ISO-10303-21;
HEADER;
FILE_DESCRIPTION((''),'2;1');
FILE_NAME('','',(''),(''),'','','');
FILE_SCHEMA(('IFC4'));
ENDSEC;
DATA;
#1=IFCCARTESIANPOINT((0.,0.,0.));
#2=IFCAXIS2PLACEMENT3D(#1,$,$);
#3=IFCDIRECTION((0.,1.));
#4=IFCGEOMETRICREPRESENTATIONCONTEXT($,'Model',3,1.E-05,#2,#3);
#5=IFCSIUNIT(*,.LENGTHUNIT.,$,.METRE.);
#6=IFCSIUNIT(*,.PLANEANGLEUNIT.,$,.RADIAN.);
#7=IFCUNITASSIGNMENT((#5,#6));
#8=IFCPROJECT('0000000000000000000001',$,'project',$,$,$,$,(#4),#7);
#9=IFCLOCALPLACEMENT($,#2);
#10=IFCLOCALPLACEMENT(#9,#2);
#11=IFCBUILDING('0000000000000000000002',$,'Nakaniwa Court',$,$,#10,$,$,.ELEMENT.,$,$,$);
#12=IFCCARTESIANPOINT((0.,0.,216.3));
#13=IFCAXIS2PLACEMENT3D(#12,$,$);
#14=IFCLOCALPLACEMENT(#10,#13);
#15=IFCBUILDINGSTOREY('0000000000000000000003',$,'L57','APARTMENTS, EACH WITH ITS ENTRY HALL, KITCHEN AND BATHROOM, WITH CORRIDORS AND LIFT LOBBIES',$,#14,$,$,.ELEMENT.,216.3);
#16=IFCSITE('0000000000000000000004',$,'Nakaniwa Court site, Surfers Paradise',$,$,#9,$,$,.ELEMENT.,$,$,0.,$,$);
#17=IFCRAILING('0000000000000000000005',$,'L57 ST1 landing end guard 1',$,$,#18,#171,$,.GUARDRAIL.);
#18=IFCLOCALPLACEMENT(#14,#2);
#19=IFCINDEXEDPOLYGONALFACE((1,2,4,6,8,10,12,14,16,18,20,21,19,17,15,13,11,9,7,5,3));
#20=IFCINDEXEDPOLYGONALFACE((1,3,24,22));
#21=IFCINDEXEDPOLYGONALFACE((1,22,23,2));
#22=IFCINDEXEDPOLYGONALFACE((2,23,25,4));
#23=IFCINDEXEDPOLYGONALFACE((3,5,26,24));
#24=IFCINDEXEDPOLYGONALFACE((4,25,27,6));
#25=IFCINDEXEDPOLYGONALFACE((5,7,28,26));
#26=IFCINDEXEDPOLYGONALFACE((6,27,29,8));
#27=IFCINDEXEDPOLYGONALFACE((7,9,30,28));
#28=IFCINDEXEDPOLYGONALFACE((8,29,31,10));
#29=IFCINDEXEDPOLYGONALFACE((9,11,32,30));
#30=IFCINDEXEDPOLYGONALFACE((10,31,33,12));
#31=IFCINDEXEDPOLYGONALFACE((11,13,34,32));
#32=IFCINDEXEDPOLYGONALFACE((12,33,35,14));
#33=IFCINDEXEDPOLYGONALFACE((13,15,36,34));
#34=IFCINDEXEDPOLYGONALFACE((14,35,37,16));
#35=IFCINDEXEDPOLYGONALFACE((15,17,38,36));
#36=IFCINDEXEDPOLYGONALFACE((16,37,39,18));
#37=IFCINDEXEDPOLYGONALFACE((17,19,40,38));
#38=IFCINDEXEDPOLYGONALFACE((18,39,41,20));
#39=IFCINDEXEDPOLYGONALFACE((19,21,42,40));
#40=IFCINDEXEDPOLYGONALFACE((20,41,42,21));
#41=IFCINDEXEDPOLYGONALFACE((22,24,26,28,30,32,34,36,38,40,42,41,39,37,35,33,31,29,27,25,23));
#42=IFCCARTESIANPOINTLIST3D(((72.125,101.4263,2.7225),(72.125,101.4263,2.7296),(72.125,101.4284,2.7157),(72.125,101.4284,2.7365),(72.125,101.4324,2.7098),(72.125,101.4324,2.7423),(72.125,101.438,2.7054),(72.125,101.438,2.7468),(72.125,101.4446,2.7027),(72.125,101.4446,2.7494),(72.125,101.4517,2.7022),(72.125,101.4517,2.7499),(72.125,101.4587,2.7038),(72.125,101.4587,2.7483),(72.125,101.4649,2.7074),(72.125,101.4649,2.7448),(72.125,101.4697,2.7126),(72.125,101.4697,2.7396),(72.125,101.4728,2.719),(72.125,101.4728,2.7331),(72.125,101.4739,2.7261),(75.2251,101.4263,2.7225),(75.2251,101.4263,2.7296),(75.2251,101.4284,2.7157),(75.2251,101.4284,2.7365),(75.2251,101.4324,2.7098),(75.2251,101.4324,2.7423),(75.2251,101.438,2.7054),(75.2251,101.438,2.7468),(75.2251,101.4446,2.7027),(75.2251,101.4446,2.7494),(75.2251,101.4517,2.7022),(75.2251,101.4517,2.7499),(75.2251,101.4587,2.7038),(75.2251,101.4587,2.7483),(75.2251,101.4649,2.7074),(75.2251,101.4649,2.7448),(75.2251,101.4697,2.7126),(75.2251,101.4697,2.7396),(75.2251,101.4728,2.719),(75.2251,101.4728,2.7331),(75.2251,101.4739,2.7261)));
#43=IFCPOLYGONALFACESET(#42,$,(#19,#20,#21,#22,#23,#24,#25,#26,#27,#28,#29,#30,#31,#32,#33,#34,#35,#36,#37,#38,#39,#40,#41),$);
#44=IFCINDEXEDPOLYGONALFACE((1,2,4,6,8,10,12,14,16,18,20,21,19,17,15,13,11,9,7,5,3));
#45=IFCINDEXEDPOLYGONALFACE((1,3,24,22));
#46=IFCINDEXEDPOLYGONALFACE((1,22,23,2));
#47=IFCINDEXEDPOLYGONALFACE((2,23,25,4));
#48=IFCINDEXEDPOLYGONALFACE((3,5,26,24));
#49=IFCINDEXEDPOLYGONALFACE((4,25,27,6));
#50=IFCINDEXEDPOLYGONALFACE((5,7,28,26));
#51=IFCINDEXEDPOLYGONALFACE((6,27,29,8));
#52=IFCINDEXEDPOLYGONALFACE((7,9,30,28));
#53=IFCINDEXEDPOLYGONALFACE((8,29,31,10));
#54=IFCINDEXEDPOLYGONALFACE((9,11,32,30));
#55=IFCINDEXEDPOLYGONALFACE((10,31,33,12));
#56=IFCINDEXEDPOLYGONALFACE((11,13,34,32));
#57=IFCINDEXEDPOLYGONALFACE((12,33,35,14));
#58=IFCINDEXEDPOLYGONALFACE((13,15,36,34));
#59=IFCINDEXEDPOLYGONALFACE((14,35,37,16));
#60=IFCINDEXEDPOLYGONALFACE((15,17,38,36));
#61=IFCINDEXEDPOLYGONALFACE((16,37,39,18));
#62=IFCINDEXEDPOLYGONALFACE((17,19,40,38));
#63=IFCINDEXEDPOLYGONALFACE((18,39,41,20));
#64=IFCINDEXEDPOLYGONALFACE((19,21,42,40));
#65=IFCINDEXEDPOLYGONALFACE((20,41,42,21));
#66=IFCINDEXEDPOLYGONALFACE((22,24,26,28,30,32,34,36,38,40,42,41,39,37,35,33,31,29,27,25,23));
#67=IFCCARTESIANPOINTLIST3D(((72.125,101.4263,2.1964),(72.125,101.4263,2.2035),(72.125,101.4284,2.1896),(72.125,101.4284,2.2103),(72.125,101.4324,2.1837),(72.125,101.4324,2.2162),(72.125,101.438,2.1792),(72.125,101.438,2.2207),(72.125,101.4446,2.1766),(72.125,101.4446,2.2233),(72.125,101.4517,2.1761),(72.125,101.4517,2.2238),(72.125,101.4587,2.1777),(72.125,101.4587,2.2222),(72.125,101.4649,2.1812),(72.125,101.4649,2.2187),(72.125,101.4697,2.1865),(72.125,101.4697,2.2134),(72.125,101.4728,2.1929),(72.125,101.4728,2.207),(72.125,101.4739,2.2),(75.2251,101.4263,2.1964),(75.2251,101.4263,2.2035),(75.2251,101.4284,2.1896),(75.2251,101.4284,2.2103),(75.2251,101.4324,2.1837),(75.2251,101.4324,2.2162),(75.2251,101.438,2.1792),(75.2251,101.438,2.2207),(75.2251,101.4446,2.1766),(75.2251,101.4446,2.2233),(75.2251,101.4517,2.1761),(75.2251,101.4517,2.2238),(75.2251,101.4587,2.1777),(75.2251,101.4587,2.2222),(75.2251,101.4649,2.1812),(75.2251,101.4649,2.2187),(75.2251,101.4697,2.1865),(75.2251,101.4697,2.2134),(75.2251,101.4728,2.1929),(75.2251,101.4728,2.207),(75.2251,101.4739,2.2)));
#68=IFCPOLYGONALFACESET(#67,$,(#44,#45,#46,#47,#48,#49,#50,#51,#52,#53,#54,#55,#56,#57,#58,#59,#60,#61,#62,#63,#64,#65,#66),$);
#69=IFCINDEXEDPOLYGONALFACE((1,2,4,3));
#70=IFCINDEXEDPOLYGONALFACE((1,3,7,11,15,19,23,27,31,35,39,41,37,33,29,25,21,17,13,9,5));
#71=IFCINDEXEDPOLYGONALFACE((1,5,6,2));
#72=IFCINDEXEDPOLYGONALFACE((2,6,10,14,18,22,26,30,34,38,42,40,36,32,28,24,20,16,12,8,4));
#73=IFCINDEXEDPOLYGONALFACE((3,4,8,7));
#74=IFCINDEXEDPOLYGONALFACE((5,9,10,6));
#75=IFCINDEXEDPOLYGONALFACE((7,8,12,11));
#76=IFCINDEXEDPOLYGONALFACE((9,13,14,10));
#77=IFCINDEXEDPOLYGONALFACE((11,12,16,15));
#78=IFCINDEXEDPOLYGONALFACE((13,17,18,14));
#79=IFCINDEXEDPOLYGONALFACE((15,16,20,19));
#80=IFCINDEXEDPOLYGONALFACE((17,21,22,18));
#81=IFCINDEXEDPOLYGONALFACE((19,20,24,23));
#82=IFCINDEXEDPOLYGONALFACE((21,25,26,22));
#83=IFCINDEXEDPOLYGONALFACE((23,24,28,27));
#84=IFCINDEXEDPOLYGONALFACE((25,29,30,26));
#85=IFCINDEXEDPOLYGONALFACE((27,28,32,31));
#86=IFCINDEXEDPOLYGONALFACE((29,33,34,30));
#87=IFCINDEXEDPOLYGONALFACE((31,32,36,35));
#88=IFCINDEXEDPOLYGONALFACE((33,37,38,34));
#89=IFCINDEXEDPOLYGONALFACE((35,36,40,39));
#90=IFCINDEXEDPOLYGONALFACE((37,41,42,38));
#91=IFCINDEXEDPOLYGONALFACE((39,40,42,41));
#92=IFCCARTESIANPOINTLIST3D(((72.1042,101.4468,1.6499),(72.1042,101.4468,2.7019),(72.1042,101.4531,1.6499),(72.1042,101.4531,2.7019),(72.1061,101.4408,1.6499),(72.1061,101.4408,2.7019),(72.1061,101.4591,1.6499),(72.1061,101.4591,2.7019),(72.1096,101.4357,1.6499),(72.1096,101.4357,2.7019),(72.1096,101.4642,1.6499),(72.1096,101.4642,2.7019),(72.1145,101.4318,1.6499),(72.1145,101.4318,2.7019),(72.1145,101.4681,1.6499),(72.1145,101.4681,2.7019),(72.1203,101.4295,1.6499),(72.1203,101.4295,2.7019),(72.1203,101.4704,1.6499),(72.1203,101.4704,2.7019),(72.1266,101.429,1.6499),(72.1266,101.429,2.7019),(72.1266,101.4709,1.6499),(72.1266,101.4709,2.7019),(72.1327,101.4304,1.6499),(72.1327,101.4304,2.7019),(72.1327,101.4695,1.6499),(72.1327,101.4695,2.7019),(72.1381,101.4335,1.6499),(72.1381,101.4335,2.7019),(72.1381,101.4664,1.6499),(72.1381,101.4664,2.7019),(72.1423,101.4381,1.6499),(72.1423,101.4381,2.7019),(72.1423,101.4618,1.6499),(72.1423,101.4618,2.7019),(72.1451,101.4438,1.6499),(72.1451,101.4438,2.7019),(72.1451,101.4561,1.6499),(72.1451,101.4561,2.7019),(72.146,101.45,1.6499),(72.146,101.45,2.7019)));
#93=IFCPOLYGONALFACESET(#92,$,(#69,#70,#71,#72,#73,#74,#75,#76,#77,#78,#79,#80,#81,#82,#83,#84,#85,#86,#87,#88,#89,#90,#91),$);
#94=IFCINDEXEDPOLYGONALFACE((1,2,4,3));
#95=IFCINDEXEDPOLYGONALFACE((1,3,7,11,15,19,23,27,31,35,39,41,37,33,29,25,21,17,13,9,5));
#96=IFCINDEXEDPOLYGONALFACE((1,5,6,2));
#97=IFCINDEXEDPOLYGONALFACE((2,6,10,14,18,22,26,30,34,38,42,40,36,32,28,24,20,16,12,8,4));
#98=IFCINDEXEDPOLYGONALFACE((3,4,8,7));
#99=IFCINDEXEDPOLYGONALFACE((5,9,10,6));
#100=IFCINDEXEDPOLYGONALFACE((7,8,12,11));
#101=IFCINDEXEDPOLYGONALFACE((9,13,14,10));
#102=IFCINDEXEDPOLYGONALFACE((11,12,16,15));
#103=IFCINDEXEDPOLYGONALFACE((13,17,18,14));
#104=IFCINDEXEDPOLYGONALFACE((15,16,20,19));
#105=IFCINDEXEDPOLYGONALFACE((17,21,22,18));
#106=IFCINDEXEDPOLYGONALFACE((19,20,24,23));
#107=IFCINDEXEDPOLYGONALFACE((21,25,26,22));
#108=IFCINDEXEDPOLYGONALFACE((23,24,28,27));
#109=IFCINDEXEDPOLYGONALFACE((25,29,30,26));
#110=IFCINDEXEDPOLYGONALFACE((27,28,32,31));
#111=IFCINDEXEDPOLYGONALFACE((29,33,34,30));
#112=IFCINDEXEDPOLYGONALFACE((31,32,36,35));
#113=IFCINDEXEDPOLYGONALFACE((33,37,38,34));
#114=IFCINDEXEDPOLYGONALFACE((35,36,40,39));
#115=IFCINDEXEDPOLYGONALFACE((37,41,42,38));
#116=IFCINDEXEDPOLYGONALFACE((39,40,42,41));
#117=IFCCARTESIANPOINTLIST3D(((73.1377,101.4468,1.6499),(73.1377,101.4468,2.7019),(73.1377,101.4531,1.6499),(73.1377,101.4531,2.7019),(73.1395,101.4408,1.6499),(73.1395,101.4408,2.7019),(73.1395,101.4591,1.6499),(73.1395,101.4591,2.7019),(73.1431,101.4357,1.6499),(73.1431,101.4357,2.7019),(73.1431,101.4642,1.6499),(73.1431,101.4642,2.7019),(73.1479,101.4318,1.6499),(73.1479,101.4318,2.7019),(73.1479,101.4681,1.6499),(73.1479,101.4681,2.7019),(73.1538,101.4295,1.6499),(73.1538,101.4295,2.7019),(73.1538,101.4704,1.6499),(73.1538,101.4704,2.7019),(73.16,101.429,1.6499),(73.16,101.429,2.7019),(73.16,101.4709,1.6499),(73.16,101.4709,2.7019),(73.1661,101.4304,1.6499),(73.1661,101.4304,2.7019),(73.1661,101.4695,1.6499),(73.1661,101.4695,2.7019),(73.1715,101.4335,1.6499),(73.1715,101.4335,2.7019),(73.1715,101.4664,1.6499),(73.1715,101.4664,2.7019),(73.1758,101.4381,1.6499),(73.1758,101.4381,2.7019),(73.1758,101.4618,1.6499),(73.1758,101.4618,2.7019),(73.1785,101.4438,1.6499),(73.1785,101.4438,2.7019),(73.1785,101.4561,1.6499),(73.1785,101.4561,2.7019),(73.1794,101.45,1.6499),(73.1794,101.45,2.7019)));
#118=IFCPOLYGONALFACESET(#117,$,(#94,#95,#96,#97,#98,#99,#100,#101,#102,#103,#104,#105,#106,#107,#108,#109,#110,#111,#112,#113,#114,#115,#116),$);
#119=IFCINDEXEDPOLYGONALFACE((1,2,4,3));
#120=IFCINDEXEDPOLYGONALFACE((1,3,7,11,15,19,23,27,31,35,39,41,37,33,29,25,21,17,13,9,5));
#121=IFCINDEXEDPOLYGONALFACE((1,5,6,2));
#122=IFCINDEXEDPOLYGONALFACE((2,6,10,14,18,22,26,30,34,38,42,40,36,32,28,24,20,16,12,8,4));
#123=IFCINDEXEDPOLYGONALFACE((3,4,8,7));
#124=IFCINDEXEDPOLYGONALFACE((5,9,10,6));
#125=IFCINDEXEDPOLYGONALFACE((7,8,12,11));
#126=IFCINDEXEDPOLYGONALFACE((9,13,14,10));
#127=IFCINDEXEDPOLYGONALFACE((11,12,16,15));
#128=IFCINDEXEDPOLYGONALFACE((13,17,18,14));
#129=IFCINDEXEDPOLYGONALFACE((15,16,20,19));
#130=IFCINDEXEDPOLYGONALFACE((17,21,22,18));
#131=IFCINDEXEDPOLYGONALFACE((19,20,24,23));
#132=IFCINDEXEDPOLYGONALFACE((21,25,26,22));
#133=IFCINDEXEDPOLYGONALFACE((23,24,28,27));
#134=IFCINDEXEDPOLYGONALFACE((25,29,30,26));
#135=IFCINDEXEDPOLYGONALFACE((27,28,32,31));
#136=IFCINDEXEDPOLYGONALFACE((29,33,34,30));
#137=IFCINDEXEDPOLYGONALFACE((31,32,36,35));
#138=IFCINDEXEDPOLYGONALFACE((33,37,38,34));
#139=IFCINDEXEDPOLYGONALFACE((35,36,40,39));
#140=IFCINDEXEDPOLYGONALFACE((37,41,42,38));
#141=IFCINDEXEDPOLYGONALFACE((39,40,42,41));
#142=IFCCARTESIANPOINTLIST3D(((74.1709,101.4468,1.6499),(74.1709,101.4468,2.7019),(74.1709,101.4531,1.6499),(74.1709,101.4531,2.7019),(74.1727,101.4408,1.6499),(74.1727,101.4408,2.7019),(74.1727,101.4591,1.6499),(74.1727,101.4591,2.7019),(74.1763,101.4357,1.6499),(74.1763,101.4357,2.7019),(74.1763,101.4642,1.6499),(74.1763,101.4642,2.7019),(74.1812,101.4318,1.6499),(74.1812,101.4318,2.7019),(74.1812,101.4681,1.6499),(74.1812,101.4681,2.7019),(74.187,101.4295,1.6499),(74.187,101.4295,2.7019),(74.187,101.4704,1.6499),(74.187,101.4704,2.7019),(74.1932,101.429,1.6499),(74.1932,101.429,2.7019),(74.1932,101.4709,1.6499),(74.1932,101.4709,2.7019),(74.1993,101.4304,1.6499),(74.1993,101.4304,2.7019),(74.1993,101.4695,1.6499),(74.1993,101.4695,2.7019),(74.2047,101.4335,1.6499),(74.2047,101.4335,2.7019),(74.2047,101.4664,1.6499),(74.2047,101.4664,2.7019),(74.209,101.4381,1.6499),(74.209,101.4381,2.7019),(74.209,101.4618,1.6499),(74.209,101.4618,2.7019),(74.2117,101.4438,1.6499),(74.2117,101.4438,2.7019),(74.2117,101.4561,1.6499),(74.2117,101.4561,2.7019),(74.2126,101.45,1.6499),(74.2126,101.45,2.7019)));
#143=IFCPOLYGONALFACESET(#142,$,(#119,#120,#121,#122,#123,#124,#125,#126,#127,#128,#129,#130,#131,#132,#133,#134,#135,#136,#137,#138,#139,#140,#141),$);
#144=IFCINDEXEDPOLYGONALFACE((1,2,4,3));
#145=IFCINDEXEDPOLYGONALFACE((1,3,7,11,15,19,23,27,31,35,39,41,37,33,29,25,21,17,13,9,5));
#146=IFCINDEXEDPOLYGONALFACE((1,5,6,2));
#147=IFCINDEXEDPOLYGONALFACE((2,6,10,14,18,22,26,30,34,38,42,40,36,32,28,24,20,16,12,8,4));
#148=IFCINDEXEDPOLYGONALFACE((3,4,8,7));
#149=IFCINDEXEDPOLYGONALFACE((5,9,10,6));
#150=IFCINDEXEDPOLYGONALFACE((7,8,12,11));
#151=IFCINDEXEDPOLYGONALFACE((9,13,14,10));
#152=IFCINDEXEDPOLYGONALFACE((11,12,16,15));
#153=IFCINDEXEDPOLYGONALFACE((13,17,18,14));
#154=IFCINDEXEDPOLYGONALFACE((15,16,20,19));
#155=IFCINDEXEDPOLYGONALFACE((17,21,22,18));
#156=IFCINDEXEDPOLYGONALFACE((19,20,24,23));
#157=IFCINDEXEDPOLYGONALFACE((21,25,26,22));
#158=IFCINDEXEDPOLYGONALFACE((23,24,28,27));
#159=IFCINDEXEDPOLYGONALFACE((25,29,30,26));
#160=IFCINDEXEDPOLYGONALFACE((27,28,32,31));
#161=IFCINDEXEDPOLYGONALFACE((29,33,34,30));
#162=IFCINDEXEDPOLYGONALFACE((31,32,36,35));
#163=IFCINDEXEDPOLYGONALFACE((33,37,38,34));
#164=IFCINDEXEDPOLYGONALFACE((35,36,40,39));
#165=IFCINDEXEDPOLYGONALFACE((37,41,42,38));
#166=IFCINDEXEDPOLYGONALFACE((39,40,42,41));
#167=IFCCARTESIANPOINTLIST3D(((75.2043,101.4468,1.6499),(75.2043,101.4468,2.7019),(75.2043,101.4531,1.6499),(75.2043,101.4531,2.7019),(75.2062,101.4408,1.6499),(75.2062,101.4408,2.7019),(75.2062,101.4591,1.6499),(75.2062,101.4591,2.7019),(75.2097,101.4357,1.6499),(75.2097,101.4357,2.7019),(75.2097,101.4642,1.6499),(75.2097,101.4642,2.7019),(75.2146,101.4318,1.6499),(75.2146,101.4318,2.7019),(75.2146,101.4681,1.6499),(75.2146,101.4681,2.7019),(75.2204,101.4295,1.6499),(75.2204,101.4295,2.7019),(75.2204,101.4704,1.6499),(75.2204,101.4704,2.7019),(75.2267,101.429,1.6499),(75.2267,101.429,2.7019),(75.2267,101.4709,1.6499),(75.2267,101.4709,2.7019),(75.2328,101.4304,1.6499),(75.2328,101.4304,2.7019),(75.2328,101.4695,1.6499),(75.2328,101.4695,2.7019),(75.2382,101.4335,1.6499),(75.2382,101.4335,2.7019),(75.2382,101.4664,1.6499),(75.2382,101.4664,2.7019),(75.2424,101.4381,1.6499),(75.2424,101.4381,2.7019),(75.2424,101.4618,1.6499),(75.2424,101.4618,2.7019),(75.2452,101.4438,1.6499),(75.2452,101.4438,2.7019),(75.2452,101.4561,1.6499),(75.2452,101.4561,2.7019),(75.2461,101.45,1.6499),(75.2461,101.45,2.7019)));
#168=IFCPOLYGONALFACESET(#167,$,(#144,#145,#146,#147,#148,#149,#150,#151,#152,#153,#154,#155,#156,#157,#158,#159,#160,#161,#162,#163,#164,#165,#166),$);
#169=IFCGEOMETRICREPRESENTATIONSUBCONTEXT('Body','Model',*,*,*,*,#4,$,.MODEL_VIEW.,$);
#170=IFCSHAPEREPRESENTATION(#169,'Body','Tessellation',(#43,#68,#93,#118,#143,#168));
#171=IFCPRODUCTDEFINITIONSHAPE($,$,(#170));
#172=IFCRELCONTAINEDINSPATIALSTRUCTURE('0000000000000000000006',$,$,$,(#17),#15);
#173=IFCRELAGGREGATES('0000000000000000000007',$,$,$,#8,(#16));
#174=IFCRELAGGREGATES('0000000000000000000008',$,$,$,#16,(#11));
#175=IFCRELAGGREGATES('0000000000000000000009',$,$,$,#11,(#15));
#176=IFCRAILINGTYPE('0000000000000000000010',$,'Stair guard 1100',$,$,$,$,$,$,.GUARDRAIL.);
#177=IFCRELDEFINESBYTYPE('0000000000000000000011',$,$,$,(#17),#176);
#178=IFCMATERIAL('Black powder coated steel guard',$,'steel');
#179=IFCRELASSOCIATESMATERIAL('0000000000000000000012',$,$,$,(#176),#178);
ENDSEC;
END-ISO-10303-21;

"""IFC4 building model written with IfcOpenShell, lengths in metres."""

from ifc_helpers import new_model, si_unit, direction, frame, origin, origin_2d, place, context, subcontext, project, spatial, circle, extrude, material, type_object, element, save


model = new_model("IFC4")

# Units and contexts
model_context = context("Model", 3, precision=1e-05, world=origin(), true_north=direction((0.0, 1.0)))
body_context = subcontext(model_context, "Body", "Model", "MODEL_VIEW")
ifc_project = project(units=[si_unit("LENGTHUNIT", "METRE"), si_unit("PLANEANGLEUNIT", "RADIAN")], contexts=[model_context])

# Site, building, storey
site_placement = place(None, origin())
site = spatial("IfcSite", under=ifc_project, at=site_placement, Name="Nakaniwa Court site, Surfers Paradise", CompositionType="ELEMENT", RefElevation=0.0)
building_placement = place(site_placement, origin())
building = spatial("IfcBuilding", under=site, at=building_placement, Name="Nakaniwa Court", CompositionType="ELEMENT")
storey_placement = place(building_placement, frame((0.0, 0.0, 216.3)))
storey = spatial("IfcBuildingStorey", under=building, at=storey_placement, Name="L57", Description="APARTMENTS, EACH WITH ITS ENTRY HALL, KITCHEN AND BATHROOM, WITH CORRIDORS AND LIFT LOBBIES", CompositionType="ELEMENT", Elevation=216.3)

# Railing
ifc_material_1 = material(Name="Black powder coated steel guard", Category="steel")
railing_type_1 = type_object("IfcRailingType", Name="Stair guard 1100", PredefinedType="GUARDRAIL", material=ifc_material_1)
railing_1_placement = place(storey_placement, frame((72.125, 101.45, 1.6499)))
element("IfcRailing", 1, at=railing_1_placement, inside=storey, type_object=railing_type_1, Name="L57 ST1 landing end guard 1", PredefinedType="GUARDRAIL", context=body_context, shape_type="SweptSolid", body=[
    extrude(circle(Radius=0.0239, at=origin_2d()), frame((0.0, 0.0, 1.0762), z_axis=(1.0, 0.0, 0.0), x_axis=(0.0, 1.0, 0.0)), (0.0, 0.0, 1.0), 3.1001),
    extrude(circle(Radius=0.0239, at=origin_2d()), frame((0.0, 0.0, 0.55), z_axis=(1.0, 0.0, 0.0), x_axis=(0.0, 1.0, 0.0)), (0.0, 0.0, 1.0), 3.1001),
    extrude(circle(Radius=0.021, at=origin_2d()), origin(), (0.0, 0.0, 1.0), 1.052),
    extrude(circle(Radius=0.021, at=origin_2d()), frame((1.0334, 0.0, 0.0)), (0.0, 0.0, 1.0), 1.052),
    extrude(circle(Radius=0.021, at=origin_2d()), frame((2.0667, 0.0, 0.0)), (0.0, 0.0, 1.0), 1.052),
    extrude(circle(Radius=0.021, at=origin_2d()), frame((3.1001, 0.0, 0.0)), (0.0, 0.0, 1.0), 1.052),
])

save(model, "model.ifc")
